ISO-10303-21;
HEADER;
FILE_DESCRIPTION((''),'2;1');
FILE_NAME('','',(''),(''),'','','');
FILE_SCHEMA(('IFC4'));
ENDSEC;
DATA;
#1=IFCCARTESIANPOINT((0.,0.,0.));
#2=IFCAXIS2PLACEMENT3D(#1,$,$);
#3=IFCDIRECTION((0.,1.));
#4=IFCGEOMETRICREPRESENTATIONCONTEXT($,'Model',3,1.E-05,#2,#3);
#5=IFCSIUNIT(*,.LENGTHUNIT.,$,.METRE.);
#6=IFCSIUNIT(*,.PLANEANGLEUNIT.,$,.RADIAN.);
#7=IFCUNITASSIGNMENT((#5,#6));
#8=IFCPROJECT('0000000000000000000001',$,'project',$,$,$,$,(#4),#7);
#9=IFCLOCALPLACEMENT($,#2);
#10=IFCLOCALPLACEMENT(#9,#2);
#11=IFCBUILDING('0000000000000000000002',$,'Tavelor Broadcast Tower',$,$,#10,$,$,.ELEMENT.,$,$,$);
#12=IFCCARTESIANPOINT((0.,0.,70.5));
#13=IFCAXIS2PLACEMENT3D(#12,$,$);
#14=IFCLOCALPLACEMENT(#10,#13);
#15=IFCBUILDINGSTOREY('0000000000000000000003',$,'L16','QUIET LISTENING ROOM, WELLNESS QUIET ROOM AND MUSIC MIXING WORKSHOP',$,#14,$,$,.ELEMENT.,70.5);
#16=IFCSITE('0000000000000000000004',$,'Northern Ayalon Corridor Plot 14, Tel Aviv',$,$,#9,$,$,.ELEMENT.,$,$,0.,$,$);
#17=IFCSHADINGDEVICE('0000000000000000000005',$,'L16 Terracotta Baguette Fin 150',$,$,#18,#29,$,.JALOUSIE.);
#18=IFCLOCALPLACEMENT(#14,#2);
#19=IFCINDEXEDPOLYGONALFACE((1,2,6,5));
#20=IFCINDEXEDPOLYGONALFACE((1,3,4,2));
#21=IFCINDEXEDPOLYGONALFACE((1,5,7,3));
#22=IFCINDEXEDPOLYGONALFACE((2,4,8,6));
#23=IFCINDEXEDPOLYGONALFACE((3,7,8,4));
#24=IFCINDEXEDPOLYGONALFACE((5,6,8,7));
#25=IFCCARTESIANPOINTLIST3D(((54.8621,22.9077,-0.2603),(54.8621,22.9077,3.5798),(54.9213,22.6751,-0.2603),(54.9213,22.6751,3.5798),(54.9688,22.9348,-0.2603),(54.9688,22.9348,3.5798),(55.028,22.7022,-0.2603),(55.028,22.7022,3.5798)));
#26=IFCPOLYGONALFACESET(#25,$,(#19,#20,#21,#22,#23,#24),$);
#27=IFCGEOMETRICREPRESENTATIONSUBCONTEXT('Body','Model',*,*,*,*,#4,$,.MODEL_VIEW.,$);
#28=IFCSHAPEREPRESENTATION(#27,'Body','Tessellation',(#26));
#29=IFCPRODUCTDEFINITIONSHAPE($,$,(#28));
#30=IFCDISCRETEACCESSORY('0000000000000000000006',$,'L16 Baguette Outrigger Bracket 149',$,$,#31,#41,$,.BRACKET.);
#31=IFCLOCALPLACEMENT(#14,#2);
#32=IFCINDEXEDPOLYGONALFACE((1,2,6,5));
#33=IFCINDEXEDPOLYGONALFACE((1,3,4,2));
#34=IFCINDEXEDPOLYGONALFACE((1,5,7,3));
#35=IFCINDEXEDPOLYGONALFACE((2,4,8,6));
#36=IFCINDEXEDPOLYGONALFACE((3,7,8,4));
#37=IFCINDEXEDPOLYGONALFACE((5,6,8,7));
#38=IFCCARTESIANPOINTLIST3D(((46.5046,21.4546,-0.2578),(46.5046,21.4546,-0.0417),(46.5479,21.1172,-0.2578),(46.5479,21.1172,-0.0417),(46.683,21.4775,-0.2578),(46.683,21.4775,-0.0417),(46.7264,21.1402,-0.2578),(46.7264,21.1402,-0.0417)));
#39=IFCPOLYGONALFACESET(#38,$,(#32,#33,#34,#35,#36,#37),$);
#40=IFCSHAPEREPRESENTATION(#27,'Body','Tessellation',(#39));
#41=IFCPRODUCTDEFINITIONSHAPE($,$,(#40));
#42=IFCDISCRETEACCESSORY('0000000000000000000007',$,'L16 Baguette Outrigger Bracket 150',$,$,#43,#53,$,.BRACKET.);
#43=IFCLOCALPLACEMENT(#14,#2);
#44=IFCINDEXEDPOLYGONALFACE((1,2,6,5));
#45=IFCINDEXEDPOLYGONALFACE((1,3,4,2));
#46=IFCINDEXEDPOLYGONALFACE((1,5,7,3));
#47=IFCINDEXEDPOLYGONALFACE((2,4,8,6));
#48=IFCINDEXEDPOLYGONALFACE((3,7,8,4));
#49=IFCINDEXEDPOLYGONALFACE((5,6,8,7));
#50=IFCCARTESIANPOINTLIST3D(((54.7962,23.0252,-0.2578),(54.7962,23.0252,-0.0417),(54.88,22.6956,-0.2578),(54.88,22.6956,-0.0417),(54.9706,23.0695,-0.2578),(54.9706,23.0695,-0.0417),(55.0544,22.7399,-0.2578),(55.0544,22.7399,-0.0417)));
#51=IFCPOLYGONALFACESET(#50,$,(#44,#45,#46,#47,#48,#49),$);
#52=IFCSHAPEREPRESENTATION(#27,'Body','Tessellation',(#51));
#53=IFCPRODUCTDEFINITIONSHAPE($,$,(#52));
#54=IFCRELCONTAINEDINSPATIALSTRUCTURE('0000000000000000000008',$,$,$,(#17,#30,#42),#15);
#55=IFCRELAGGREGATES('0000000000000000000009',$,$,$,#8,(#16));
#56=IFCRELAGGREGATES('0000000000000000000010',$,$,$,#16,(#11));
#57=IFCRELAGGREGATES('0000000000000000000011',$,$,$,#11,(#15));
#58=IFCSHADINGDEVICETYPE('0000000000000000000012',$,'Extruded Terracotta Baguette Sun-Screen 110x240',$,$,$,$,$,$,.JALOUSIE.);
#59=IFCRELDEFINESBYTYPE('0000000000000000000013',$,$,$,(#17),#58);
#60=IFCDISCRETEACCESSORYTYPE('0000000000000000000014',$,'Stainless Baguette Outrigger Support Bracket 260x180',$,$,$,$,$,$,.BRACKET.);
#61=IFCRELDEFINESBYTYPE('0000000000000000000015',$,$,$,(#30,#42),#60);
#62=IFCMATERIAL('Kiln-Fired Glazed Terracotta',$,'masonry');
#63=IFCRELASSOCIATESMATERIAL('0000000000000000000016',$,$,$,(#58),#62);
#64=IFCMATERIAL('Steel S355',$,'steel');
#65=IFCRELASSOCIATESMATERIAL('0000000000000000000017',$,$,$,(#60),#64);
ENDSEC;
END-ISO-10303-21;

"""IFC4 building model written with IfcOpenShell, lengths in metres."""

from ifc_helpers import new_model, si_unit, direction, frame, origin, origin_2d, place, context, subcontext, project, spatial, rectangle, extrude, source, transform, mapped, material, type_object, type_shapes, element, save


model = new_model("IFC4")

# Units and contexts
model_context = context("Model", 3, precision=1e-05, world=origin(), true_north=direction((0.0, 1.0)))
body_context = subcontext(model_context, "Body", "Model", "MODEL_VIEW")
ifc_project = project(units=[si_unit("LENGTHUNIT", "METRE"), si_unit("PLANEANGLEUNIT", "RADIAN")], contexts=[model_context])

# Site, building, storey
site_placement = place(None, origin())
site = spatial("IfcSite", under=ifc_project, at=site_placement, Name="Northern Ayalon Corridor Plot 14, Tel Aviv", CompositionType="ELEMENT", RefElevation=0.0)
building_placement = place(site_placement, origin())
building = spatial("IfcBuilding", under=site, at=building_placement, Name="Tavelor Broadcast Tower", CompositionType="ELEMENT")
storey_placement = place(building_placement, frame((0.0, 0.0, 70.5)))
storey = spatial("IfcBuildingStorey", under=building, at=storey_placement, Name="L16", Description="QUIET LISTENING ROOM, WELLNESS QUIET ROOM AND MUSIC MIXING WORKSHOP", CompositionType="ELEMENT", Elevation=70.5)

# Shared definitions
ifc_material_1 = material(Name="Steel S355", Category="steel")

# Shading device
ifc_material_2 = material(Name="Kiln-Fired Glazed Terracotta", Category="masonry")
shading_device_type = type_object("IfcShadingDeviceType", Name="Extruded Terracotta Baguette Sun-Screen 110x240", PredefinedType="JALOUSIE", material=ifc_material_2)
shared_shape_1 = source(origin(), body_context, "Body", "SweptSolid", [
    extrude(rectangle(XDim=0.1101, YDim=0.24, at=origin_2d()), origin(), (0.0, 0.0, 1.0), 3.8401),
])
type_shapes(shading_device_type, [shared_shape_1])
for number, where, z_axis, x_axis, name in (
    (1, (54.9451, 22.8049, -0.2603), (0.0, 0.0, 1.0), (0.969145, 0.246492, 0.0), "L16 Terracotta Baguette Fin 150"),
):
    element("IfcShadingDevice", number, at=place(storey_placement, frame(where, z_axis=z_axis, x_axis=x_axis)), inside=storey, type_object=shading_device_type, Name=name, PredefinedType="JALOUSIE", context=body_context, shape_type="MappedRepresentation", body=[
        mapped(shared_shape_1, transform((0.0, 0.0, 0.0), scale=1.0)),
    ])

# Discrete accessories
discrete_accessory_type = type_object("IfcDiscreteAccessoryType", Name="Stainless Baguette Outrigger Support Bracket 260x180", PredefinedType="BRACKET", material=ifc_material_1)
shared_shape_2 = source(origin(), body_context, "Body", "SweptSolid", [
    extrude(rectangle(XDim=0.1799, YDim=0.3401, at=origin_2d()), origin(), (0.0, 0.0, 1.0), 0.2161),
])
type_shapes(discrete_accessory_type, [shared_shape_2])
for number, where, z_axis, x_axis, name in (
    (2, (46.6155, 21.2974, -0.2578), (0.0, 0.0, 1.0), (0.99185, 0.127411, 0.0), "L16 Baguette Outrigger Bracket 149"),
    (3, (54.9253, 22.8826, -0.2578), (0.0, 0.0, 1.0), (0.969145, 0.246492, 0.0), "L16 Baguette Outrigger Bracket 150"),
):
    element("IfcDiscreteAccessory", number, at=place(storey_placement, frame(where, z_axis=z_axis, x_axis=x_axis)), inside=storey, type_object=discrete_accessory_type, Name=name, PredefinedType="BRACKET", context=body_context, shape_type="MappedRepresentation", body=[
        mapped(shared_shape_2, transform((0.0, 0.0, 0.0), scale=1.0)),
    ])

save(model, "model.ifc")
